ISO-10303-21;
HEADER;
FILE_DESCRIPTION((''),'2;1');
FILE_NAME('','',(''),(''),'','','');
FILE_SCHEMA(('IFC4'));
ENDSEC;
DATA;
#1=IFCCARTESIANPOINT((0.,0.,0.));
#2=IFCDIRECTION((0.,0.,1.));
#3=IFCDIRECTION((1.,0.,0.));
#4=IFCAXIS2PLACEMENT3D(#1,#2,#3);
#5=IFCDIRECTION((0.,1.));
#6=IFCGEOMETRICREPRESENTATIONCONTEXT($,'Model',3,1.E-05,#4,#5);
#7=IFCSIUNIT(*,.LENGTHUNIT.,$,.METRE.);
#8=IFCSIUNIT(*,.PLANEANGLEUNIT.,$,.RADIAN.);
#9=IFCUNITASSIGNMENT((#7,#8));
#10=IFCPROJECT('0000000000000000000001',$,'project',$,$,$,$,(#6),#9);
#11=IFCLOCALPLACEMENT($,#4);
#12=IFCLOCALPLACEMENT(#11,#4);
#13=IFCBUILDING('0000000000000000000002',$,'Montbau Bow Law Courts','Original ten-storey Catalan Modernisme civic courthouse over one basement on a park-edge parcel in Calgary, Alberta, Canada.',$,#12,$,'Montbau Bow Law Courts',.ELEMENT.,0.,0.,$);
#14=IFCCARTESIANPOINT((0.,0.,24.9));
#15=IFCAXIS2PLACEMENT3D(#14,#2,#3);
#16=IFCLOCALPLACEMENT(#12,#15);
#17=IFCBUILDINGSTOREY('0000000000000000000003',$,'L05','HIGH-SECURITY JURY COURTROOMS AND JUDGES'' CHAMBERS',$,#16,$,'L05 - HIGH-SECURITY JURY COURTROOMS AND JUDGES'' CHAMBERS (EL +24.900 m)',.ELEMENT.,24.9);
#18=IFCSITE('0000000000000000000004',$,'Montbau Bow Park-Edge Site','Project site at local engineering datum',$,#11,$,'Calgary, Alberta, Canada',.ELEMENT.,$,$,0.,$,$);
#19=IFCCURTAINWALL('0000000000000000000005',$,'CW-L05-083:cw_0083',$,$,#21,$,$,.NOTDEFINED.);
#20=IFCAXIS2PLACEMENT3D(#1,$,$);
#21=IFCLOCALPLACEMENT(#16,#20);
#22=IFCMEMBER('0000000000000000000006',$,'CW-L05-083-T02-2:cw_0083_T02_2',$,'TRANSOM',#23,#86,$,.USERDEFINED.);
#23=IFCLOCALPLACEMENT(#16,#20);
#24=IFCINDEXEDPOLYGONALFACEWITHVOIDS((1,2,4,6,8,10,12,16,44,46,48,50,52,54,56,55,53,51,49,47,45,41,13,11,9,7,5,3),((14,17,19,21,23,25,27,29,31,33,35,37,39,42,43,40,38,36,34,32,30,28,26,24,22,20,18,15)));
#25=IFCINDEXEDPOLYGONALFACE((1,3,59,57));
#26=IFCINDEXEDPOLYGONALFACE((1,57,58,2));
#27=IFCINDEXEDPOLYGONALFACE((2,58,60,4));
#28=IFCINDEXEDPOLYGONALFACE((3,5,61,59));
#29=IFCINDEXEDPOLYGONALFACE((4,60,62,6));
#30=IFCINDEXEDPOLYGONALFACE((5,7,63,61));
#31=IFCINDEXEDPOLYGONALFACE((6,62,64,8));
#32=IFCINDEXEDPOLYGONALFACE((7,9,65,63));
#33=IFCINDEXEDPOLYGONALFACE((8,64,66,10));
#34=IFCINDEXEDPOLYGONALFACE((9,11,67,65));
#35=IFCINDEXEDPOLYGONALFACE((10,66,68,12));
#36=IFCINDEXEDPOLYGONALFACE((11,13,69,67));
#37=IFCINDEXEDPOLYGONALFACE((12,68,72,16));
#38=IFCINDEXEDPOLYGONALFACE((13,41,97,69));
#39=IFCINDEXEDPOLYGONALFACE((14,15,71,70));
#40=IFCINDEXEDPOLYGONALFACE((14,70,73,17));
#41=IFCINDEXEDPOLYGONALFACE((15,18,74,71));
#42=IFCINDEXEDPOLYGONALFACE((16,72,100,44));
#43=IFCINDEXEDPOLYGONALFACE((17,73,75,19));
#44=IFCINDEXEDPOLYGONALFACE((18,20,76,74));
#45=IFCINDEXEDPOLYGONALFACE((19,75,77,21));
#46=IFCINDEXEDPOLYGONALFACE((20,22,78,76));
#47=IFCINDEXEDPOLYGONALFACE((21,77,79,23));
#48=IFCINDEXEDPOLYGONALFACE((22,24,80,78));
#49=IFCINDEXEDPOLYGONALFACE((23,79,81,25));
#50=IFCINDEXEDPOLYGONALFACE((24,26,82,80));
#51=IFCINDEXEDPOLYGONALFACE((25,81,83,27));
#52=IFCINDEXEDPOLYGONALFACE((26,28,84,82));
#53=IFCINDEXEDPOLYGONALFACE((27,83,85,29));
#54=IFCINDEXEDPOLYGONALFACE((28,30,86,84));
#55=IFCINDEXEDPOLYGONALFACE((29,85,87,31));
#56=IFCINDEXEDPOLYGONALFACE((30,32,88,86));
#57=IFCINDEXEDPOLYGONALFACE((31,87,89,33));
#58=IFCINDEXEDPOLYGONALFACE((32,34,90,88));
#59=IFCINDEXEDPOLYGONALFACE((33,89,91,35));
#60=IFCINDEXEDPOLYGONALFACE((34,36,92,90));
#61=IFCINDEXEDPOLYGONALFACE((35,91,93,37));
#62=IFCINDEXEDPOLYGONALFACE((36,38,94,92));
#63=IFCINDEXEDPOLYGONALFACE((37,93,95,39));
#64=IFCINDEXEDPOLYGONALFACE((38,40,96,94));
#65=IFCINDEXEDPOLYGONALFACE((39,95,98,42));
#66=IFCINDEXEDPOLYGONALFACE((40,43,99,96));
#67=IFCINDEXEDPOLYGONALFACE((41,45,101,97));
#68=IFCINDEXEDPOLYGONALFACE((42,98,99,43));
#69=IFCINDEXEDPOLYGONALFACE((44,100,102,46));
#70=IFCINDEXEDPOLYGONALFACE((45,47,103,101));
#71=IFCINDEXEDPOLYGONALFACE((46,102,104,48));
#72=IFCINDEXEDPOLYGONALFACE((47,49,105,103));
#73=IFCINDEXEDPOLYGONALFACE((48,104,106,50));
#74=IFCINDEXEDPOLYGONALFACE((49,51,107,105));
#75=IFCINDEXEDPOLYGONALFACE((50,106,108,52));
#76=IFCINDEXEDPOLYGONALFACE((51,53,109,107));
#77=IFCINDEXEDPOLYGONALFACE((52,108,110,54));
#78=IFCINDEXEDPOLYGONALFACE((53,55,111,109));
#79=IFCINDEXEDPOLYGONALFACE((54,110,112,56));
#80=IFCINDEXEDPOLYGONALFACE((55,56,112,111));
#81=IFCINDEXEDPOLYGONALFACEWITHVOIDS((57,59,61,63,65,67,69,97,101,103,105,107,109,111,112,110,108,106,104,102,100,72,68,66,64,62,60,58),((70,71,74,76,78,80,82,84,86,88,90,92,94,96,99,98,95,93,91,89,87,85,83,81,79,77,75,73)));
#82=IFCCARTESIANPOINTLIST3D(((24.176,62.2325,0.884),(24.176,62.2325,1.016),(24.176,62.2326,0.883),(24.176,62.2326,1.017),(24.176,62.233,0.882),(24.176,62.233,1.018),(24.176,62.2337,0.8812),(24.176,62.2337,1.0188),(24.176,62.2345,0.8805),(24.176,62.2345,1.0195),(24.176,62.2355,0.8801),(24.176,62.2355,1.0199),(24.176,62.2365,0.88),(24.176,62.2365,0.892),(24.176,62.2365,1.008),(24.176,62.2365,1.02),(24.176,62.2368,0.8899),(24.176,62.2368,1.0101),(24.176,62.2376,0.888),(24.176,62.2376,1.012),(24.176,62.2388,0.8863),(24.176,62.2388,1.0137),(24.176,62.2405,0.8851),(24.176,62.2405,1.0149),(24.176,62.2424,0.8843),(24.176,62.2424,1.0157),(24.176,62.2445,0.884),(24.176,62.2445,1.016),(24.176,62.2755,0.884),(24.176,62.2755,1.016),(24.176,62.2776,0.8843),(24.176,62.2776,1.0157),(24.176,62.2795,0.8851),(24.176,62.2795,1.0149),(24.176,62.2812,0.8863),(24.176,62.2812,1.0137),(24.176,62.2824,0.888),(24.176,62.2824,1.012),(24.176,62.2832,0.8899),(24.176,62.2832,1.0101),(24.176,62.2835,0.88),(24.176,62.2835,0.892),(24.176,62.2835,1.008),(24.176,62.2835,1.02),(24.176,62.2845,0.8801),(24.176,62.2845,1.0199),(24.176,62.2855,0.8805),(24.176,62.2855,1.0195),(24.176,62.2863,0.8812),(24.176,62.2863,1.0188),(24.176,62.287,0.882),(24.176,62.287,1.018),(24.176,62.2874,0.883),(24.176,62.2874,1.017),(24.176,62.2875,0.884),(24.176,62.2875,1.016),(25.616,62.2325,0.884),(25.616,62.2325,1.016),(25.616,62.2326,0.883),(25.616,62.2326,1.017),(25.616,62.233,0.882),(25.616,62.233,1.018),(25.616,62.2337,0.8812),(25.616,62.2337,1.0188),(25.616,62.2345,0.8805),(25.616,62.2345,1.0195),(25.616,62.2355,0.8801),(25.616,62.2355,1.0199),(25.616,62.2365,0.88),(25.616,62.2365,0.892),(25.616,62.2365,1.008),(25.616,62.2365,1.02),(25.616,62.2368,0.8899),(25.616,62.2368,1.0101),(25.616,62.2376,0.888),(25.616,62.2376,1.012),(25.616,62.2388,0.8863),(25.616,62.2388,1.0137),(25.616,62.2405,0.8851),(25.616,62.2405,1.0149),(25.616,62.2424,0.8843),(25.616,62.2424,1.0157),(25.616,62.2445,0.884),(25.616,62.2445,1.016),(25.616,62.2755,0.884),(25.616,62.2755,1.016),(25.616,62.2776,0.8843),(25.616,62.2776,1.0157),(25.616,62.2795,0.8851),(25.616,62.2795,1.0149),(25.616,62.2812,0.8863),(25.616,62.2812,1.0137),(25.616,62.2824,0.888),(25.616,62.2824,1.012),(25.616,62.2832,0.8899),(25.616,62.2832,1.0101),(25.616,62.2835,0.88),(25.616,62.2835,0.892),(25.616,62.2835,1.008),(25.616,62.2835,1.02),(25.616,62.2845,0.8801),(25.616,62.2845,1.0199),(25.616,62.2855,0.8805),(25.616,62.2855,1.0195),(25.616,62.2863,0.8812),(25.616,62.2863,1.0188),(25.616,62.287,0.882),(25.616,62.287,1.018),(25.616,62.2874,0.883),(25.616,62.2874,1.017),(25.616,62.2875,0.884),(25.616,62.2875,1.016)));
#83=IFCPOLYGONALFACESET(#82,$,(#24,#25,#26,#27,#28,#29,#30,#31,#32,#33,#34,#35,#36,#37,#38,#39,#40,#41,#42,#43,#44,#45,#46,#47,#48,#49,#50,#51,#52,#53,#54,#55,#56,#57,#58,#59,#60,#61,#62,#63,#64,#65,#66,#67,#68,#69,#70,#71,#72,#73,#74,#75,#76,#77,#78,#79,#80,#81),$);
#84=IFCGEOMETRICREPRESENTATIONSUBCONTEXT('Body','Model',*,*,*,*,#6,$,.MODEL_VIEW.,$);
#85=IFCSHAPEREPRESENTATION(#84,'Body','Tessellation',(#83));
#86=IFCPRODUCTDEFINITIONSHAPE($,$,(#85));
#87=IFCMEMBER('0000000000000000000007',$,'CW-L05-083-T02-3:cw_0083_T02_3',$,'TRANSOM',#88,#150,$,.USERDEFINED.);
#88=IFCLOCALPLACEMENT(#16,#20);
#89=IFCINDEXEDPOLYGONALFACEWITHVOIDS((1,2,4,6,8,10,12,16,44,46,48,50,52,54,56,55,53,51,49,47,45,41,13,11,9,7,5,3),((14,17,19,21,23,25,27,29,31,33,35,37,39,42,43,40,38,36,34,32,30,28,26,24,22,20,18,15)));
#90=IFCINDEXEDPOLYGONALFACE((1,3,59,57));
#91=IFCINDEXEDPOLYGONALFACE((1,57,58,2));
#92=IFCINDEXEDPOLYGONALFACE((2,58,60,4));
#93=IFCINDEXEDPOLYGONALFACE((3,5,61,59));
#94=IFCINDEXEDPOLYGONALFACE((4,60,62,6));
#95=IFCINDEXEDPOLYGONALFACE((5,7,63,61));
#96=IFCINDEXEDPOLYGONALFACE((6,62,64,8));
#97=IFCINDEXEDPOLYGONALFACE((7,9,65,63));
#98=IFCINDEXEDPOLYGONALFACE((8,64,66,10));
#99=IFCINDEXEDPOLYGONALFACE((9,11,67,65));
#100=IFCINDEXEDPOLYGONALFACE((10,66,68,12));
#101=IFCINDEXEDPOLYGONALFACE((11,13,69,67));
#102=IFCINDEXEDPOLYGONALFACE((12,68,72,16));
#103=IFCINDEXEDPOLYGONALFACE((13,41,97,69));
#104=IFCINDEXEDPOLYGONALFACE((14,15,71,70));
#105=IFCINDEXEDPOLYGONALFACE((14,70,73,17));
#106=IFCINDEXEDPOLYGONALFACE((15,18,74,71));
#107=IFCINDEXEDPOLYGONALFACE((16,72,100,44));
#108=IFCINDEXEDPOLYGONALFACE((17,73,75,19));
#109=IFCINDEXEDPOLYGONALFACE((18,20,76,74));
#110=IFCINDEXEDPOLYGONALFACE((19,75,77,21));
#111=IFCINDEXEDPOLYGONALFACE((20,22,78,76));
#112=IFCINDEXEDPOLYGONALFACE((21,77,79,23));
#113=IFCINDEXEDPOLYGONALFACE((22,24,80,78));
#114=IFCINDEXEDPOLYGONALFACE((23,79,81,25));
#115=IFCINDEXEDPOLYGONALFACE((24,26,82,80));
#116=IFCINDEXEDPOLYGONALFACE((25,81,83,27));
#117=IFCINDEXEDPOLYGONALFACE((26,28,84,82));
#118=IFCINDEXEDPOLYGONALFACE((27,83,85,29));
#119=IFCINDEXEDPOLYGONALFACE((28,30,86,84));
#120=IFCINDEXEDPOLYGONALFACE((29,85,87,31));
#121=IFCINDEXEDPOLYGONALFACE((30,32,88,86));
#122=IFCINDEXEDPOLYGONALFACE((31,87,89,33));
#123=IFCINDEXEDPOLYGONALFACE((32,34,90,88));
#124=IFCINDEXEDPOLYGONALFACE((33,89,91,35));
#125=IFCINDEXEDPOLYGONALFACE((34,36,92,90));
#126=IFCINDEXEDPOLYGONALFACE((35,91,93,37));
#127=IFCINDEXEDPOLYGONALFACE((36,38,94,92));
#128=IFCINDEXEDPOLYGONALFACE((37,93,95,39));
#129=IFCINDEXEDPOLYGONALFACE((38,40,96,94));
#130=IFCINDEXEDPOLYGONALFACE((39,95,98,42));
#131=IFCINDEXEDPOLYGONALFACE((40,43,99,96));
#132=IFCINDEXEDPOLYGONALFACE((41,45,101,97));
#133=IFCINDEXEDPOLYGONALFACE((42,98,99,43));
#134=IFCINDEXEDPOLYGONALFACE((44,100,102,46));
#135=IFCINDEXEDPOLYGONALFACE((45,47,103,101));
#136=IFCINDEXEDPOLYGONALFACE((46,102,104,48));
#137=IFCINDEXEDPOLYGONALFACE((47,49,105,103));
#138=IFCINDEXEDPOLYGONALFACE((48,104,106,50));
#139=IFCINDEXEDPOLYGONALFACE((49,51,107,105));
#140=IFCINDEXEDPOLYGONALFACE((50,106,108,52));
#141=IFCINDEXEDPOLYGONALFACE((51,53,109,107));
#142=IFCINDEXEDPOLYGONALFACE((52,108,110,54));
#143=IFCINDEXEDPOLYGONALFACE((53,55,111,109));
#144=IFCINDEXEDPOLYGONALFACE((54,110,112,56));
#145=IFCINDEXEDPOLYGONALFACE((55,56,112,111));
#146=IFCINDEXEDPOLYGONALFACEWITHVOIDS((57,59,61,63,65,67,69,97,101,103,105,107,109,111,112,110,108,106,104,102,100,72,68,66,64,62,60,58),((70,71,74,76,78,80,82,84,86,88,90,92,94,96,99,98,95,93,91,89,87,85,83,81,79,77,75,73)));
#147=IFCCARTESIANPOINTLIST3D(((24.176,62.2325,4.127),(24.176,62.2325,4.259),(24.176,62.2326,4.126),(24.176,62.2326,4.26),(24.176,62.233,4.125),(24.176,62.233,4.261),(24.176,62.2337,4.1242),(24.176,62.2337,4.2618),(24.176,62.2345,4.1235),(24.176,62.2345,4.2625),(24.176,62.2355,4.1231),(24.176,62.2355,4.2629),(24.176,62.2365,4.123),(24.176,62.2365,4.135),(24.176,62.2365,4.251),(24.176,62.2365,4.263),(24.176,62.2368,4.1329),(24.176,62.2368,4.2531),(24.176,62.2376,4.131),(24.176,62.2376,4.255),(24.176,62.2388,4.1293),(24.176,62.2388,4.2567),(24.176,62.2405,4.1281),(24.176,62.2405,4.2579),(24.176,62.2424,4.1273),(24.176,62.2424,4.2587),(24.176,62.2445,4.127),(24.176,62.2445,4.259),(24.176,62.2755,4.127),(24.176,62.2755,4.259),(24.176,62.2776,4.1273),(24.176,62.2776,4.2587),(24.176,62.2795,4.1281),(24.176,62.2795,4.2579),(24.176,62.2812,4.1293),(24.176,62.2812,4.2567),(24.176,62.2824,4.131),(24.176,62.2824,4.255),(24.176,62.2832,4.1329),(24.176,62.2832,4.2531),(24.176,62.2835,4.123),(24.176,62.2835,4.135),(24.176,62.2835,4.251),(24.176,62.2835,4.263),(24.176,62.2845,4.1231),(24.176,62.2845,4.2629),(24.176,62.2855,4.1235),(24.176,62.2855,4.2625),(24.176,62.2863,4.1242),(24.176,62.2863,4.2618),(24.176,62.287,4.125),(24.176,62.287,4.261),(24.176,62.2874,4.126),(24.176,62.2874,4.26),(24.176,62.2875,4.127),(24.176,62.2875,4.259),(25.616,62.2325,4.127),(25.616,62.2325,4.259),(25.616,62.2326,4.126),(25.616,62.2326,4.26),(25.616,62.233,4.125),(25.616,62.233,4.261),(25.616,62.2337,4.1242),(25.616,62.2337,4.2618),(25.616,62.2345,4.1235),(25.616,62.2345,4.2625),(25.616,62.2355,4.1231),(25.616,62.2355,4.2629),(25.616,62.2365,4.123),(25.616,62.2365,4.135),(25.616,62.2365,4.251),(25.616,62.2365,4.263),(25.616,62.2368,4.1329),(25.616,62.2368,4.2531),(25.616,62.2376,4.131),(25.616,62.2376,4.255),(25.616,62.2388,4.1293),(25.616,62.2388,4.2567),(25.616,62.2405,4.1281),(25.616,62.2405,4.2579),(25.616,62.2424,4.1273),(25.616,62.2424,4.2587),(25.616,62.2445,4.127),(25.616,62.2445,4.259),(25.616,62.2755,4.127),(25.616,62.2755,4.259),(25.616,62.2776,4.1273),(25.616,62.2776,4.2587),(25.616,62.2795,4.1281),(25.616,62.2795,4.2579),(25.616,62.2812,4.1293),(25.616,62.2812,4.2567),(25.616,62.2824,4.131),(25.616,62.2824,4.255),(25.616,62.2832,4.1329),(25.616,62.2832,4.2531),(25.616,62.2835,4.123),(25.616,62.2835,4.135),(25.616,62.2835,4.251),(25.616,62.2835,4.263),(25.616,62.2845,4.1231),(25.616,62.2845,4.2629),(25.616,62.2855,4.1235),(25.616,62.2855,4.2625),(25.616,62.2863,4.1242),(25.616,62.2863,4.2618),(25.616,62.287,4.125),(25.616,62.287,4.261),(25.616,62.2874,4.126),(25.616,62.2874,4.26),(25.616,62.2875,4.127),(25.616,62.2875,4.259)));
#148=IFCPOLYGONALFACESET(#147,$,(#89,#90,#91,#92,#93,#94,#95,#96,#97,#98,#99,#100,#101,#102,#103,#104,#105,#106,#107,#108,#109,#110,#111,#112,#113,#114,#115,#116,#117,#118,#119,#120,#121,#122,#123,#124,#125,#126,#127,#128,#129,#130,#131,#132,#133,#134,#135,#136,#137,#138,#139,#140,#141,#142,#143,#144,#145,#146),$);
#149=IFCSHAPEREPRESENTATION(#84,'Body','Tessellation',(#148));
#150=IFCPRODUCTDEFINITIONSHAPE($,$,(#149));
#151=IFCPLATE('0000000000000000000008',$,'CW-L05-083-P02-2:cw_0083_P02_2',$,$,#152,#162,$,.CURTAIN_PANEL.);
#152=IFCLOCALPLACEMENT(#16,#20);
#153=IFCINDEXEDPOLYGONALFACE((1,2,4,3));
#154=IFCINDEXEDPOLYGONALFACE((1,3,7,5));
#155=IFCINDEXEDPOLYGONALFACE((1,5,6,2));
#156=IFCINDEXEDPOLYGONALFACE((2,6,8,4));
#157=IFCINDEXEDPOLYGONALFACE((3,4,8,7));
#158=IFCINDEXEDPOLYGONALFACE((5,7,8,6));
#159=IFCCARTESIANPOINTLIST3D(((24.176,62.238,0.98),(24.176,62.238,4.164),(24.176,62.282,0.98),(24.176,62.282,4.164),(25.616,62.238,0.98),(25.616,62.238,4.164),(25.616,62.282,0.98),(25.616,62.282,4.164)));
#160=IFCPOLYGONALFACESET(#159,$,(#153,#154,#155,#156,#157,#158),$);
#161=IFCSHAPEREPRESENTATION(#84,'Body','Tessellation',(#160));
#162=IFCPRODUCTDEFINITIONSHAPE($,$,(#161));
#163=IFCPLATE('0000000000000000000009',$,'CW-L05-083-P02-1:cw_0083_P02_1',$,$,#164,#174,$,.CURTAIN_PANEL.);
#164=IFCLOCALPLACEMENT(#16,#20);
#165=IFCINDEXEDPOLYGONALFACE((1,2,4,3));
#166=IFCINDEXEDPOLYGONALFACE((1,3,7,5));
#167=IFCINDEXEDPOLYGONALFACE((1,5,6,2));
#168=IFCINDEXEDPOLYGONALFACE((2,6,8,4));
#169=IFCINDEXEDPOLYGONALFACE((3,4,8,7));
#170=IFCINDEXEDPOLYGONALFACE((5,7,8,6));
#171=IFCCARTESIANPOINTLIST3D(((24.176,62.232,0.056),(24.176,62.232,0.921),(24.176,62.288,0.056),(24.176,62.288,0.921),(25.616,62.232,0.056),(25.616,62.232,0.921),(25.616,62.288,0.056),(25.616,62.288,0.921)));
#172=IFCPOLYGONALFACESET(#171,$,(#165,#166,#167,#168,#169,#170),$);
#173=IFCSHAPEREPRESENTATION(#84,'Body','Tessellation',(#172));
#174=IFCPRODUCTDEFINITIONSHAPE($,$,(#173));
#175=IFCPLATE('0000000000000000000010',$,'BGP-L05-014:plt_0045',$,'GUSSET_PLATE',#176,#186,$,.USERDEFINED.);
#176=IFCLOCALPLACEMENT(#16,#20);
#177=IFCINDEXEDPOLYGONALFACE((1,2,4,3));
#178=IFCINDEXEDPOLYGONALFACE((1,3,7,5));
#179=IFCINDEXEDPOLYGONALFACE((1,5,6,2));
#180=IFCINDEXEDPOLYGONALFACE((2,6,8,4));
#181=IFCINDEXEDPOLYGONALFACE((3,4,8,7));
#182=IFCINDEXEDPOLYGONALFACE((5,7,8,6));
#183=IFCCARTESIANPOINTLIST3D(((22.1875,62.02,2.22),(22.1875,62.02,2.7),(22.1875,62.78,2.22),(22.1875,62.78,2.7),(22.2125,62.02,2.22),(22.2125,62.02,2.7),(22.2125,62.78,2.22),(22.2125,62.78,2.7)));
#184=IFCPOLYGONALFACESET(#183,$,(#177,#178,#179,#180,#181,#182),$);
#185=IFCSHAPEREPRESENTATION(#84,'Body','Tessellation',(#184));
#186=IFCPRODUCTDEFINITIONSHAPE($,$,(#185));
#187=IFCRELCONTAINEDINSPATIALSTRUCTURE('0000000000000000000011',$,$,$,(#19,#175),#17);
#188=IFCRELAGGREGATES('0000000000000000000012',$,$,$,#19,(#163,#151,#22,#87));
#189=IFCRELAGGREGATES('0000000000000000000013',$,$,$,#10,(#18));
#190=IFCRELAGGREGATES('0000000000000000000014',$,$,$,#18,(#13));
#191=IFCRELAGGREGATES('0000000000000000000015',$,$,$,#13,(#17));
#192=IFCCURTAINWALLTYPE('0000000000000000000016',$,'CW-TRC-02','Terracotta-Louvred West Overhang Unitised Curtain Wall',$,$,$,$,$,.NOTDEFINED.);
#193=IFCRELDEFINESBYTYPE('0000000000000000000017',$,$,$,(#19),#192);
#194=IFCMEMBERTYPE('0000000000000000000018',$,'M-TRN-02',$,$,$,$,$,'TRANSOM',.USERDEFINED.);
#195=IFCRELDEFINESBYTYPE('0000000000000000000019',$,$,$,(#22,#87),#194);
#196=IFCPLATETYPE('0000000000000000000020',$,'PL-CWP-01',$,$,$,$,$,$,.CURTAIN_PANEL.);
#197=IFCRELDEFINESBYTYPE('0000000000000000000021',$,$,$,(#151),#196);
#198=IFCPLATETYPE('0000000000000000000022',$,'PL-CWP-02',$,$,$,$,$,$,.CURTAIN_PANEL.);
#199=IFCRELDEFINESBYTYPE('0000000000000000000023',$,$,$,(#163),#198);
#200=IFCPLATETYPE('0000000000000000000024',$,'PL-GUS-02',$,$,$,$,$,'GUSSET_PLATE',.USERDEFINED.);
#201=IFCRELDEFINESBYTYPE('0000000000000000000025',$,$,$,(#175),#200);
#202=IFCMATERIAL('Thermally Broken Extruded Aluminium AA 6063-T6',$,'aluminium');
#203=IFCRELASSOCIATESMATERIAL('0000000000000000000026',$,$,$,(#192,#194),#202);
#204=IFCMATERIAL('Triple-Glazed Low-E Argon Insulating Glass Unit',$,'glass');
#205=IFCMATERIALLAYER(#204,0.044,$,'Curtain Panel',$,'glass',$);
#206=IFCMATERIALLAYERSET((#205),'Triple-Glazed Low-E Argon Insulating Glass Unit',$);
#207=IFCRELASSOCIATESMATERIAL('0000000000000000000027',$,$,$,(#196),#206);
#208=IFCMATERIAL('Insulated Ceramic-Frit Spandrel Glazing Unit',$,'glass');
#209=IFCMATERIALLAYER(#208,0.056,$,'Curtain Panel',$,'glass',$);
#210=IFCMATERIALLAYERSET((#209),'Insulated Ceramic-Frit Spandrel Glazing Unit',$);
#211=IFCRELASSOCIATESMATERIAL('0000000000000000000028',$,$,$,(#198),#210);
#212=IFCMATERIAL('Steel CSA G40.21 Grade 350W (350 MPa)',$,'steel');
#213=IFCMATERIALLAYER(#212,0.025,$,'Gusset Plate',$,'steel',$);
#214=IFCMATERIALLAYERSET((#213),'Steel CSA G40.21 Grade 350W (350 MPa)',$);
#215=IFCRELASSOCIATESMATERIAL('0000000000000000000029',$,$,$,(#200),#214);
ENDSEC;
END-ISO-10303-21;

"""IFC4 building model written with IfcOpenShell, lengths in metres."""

from ifc_helpers import new_model, si_unit, direction, frame, frame_2d, origin_with_axes, origin_2d_with_axis, place, context, subcontext, project, spatial, rectangle, hollow_rectangle, extrude, material, layer, layer_set, material_profile, profile_set, type_object, element, aggregate, save


model = new_model("IFC4")

# Units and contexts
model_context = context("Model", 3, precision=1e-05, world=origin_with_axes(), true_north=direction((0.0, 1.0)))
body_context = subcontext(model_context, "Body", "Model", "MODEL_VIEW")
ifc_project = project(units=[si_unit("LENGTHUNIT", "METRE"), si_unit("PLANEANGLEUNIT", "RADIAN")], contexts=[model_context])

# Site, building, storey
site_placement = place(None, origin_with_axes())
site = spatial("IfcSite", under=ifc_project, at=site_placement, Name="Montbau Bow Park-Edge Site", Description="Project site at local engineering datum", LongName="Calgary, Alberta, Canada", CompositionType="ELEMENT", RefElevation=0.0)
building_placement = place(site_placement, origin_with_axes())
building = spatial("IfcBuilding", under=site, at=building_placement, Name="Montbau Bow Law Courts", Description="Original ten-storey Catalan Modernisme civic courthouse over one basement on a park-edge parcel in Calgary, Alberta, Canada.", LongName="Montbau Bow Law Courts", CompositionType="ELEMENT", ElevationOfRefHeight=0.0, ElevationOfTerrain=0.0)
storey_placement = place(building_placement, frame((0.0, 0.0, 24.9), z_axis=(0.0, 0.0, 1.0), x_axis=(1.0, 0.0, 0.0)))
storey = spatial("IfcBuildingStorey", under=building, at=storey_placement, Name="L05", Description="HIGH-SECURITY JURY COURTROOMS AND JUDGES' CHAMBERS", LongName="L05 - HIGH-SECURITY JURY COURTROOMS AND JUDGES' CHAMBERS (EL +24.900 m)", CompositionType="ELEMENT", Elevation=24.9)

# Curtain wall, members, plates
ifc_material_1 = material(Name="Thermally Broken Extruded Aluminium AA 6063-T6", Category="aluminium")
curtain_wall_type = type_object("IfcCurtainWallType", Name="CW-TRC-02", Description="Terracotta-Louvred West Overhang Unitised Curtain Wall", PredefinedType="NOTDEFINED", material=ifc_material_1)
curtain_wall_placement = place(None, frame((22.64, 62.26, 24.9), z_axis=(0.0, 0.0, 1.0), x_axis=(1.0, 0.0, 0.0)))
curtain_wall = element("IfcCurtainWall", 1, at=curtain_wall_placement, inside=storey, type_object=curtain_wall_type, Name="CW-L05-083:cw_0083", PredefinedType="NOTDEFINED")
ifc_material_profile_1 = material_profile(ifc_material_1, hollow_rectangle(XDim=0.055, YDim=0.14, WallThickness=0.004, InnerFilletRadius=0.008, OuterFilletRadius=0.004, at=origin_2d_with_axis()), Name="CWT-140X55", Category="Main", Priority=0)
ifc_profile_set_1 = profile_set([ifc_material_profile_1], Name="Thermally Broken Extruded Aluminium AA 6063-T6")
member_type_1 = type_object("IfcMemberType", Name="M-TRN-02", ElementType="TRANSOM", PredefinedType="USERDEFINED", material=ifc_profile_set_1)
member_1_placement = place(None, frame((24.176, 62.26, 25.85), z_axis=(1.0, 0.0, 0.0), x_axis=(0.0, 1.0, 0.0)))
member_1 = element("IfcMember", 2, at=member_1_placement, type_object=member_type_1, Name="CW-L05-083-T02-2:cw_0083_T02_2", ObjectType="TRANSOM", PredefinedType="USERDEFINED", context=body_context, shape_type="SweptSolid", body=[
    extrude(hollow_rectangle(XDim=0.055, YDim=0.14, WallThickness=0.004, InnerFilletRadius=0.008, OuterFilletRadius=0.004, at=origin_2d_with_axis()), origin_with_axes(), (0.0, 0.0, 1.0), 1.44),
])
member_2_placement = place(None, frame((24.176, 62.26, 29.093), z_axis=(1.0, 0.0, 0.0), x_axis=(0.0, 1.0, 0.0)))
member_2 = element("IfcMember", 3, at=member_2_placement, type_object=member_type_1, Name="CW-L05-083-T02-3:cw_0083_T02_3", ObjectType="TRANSOM", PredefinedType="USERDEFINED", context=body_context, shape_type="SweptSolid", body=[
    extrude(hollow_rectangle(XDim=0.055, YDim=0.14, WallThickness=0.004, InnerFilletRadius=0.008, OuterFilletRadius=0.004, at=origin_2d_with_axis()), origin_with_axes(), (0.0, 0.0, 1.0), 1.44),
])
ifc_material_2 = material(Name="Triple-Glazed Low-E Argon Insulating Glass Unit", Category="glass")
ifc_layer_1 = layer(ifc_material_2, 0.044, Name="Curtain Panel", Category="glass")
ifc_layer_set_1 = layer_set([ifc_layer_1], Name="Triple-Glazed Low-E Argon Insulating Glass Unit")
plate_type_1 = type_object("IfcPlateType", Name="PL-CWP-01", PredefinedType="CURTAIN_PANEL", material=ifc_layer_set_1)
plate_1_placement = place(None, frame((24.176, 62.26, 25.88), z_axis=(0.0, -1.0, 0.0), x_axis=(1.0, 0.0, 0.0)))
plate_1 = element("IfcPlate", 4, at=plate_1_placement, type_object=plate_type_1, Name="CW-L05-083-P02-2:cw_0083_P02_2", PredefinedType="CURTAIN_PANEL", context=body_context, shape_type="SweptSolid", body=[
    extrude(rectangle(XDim=1.44, YDim=3.184, at=frame_2d((0.72, 1.592), x_axis=(1.0, 0.0))), frame((0.0, 0.0, -0.022), z_axis=(0.0, 0.0, 1.0), x_axis=(1.0, 0.0, 0.0)), (0.0, 0.0, 1.0), 0.044),
])
ifc_material_3 = material(Name="Insulated Ceramic-Frit Spandrel Glazing Unit", Category="glass")
ifc_layer_2 = layer(ifc_material_3, 0.056, Name="Curtain Panel", Category="glass")
ifc_layer_set_2 = layer_set([ifc_layer_2], Name="Insulated Ceramic-Frit Spandrel Glazing Unit")
plate_type_2 = type_object("IfcPlateType", Name="PL-CWP-02", PredefinedType="CURTAIN_PANEL", material=ifc_layer_set_2)
plate_2_placement = place(None, frame((24.176, 62.26, 24.956), z_axis=(0.0, -1.0, 0.0), x_axis=(1.0, 0.0, 0.0)))
plate_2 = element("IfcPlate", 5, at=plate_2_placement, type_object=plate_type_2, Name="CW-L05-083-P02-1:cw_0083_P02_1", PredefinedType="CURTAIN_PANEL", context=body_context, shape_type="SweptSolid", body=[
    extrude(rectangle(XDim=1.44, YDim=0.865, at=frame_2d((0.72, 0.4325), x_axis=(1.0, 0.0))), frame((0.0, 0.0, -0.028), z_axis=(0.0, 0.0, 1.0), x_axis=(1.0, 0.0, 0.0)), (0.0, 0.0, 1.0), 0.056),
])
aggregate(curtain_wall, [plate_2, plate_1, member_1, member_2])

# Plate
ifc_material_4 = material(Name="Steel CSA G40.21 Grade 350W (350 MPa)", Category="steel")
ifc_layer_3 = layer(ifc_material_4, 0.025, Name="Gusset Plate", Category="steel")
ifc_layer_set_3 = layer_set([ifc_layer_3], Name="Steel CSA G40.21 Grade 350W (350 MPa)")
plate_type_3 = type_object("IfcPlateType", Name="PL-GUS-02", ElementType="GUSSET_PLATE", PredefinedType="USERDEFINED", material=ifc_layer_set_3)
for number, where, z_axis, x_axis, name in (
    (6, (22.2, 62.4, 27.12), (0.0, 0.0, 1.0), (0.0, 1.0, 0.0), "BGP-L05-014:plt_0045"),
):
    element("IfcPlate", number, at=place(None, frame(where, z_axis=z_axis, x_axis=x_axis)), inside=storey, type_object=plate_type_3, Name=name, ObjectType="GUSSET_PLATE", PredefinedType="USERDEFINED", context=body_context, shape_type="SweptSolid", body=[
        extrude(rectangle(XDim=0.76, YDim=0.025, at=origin_2d_with_axis()), origin_with_axes(), (0.0, 0.0, 1.0), 0.48),
    ])

save(model, "model.ifc")
